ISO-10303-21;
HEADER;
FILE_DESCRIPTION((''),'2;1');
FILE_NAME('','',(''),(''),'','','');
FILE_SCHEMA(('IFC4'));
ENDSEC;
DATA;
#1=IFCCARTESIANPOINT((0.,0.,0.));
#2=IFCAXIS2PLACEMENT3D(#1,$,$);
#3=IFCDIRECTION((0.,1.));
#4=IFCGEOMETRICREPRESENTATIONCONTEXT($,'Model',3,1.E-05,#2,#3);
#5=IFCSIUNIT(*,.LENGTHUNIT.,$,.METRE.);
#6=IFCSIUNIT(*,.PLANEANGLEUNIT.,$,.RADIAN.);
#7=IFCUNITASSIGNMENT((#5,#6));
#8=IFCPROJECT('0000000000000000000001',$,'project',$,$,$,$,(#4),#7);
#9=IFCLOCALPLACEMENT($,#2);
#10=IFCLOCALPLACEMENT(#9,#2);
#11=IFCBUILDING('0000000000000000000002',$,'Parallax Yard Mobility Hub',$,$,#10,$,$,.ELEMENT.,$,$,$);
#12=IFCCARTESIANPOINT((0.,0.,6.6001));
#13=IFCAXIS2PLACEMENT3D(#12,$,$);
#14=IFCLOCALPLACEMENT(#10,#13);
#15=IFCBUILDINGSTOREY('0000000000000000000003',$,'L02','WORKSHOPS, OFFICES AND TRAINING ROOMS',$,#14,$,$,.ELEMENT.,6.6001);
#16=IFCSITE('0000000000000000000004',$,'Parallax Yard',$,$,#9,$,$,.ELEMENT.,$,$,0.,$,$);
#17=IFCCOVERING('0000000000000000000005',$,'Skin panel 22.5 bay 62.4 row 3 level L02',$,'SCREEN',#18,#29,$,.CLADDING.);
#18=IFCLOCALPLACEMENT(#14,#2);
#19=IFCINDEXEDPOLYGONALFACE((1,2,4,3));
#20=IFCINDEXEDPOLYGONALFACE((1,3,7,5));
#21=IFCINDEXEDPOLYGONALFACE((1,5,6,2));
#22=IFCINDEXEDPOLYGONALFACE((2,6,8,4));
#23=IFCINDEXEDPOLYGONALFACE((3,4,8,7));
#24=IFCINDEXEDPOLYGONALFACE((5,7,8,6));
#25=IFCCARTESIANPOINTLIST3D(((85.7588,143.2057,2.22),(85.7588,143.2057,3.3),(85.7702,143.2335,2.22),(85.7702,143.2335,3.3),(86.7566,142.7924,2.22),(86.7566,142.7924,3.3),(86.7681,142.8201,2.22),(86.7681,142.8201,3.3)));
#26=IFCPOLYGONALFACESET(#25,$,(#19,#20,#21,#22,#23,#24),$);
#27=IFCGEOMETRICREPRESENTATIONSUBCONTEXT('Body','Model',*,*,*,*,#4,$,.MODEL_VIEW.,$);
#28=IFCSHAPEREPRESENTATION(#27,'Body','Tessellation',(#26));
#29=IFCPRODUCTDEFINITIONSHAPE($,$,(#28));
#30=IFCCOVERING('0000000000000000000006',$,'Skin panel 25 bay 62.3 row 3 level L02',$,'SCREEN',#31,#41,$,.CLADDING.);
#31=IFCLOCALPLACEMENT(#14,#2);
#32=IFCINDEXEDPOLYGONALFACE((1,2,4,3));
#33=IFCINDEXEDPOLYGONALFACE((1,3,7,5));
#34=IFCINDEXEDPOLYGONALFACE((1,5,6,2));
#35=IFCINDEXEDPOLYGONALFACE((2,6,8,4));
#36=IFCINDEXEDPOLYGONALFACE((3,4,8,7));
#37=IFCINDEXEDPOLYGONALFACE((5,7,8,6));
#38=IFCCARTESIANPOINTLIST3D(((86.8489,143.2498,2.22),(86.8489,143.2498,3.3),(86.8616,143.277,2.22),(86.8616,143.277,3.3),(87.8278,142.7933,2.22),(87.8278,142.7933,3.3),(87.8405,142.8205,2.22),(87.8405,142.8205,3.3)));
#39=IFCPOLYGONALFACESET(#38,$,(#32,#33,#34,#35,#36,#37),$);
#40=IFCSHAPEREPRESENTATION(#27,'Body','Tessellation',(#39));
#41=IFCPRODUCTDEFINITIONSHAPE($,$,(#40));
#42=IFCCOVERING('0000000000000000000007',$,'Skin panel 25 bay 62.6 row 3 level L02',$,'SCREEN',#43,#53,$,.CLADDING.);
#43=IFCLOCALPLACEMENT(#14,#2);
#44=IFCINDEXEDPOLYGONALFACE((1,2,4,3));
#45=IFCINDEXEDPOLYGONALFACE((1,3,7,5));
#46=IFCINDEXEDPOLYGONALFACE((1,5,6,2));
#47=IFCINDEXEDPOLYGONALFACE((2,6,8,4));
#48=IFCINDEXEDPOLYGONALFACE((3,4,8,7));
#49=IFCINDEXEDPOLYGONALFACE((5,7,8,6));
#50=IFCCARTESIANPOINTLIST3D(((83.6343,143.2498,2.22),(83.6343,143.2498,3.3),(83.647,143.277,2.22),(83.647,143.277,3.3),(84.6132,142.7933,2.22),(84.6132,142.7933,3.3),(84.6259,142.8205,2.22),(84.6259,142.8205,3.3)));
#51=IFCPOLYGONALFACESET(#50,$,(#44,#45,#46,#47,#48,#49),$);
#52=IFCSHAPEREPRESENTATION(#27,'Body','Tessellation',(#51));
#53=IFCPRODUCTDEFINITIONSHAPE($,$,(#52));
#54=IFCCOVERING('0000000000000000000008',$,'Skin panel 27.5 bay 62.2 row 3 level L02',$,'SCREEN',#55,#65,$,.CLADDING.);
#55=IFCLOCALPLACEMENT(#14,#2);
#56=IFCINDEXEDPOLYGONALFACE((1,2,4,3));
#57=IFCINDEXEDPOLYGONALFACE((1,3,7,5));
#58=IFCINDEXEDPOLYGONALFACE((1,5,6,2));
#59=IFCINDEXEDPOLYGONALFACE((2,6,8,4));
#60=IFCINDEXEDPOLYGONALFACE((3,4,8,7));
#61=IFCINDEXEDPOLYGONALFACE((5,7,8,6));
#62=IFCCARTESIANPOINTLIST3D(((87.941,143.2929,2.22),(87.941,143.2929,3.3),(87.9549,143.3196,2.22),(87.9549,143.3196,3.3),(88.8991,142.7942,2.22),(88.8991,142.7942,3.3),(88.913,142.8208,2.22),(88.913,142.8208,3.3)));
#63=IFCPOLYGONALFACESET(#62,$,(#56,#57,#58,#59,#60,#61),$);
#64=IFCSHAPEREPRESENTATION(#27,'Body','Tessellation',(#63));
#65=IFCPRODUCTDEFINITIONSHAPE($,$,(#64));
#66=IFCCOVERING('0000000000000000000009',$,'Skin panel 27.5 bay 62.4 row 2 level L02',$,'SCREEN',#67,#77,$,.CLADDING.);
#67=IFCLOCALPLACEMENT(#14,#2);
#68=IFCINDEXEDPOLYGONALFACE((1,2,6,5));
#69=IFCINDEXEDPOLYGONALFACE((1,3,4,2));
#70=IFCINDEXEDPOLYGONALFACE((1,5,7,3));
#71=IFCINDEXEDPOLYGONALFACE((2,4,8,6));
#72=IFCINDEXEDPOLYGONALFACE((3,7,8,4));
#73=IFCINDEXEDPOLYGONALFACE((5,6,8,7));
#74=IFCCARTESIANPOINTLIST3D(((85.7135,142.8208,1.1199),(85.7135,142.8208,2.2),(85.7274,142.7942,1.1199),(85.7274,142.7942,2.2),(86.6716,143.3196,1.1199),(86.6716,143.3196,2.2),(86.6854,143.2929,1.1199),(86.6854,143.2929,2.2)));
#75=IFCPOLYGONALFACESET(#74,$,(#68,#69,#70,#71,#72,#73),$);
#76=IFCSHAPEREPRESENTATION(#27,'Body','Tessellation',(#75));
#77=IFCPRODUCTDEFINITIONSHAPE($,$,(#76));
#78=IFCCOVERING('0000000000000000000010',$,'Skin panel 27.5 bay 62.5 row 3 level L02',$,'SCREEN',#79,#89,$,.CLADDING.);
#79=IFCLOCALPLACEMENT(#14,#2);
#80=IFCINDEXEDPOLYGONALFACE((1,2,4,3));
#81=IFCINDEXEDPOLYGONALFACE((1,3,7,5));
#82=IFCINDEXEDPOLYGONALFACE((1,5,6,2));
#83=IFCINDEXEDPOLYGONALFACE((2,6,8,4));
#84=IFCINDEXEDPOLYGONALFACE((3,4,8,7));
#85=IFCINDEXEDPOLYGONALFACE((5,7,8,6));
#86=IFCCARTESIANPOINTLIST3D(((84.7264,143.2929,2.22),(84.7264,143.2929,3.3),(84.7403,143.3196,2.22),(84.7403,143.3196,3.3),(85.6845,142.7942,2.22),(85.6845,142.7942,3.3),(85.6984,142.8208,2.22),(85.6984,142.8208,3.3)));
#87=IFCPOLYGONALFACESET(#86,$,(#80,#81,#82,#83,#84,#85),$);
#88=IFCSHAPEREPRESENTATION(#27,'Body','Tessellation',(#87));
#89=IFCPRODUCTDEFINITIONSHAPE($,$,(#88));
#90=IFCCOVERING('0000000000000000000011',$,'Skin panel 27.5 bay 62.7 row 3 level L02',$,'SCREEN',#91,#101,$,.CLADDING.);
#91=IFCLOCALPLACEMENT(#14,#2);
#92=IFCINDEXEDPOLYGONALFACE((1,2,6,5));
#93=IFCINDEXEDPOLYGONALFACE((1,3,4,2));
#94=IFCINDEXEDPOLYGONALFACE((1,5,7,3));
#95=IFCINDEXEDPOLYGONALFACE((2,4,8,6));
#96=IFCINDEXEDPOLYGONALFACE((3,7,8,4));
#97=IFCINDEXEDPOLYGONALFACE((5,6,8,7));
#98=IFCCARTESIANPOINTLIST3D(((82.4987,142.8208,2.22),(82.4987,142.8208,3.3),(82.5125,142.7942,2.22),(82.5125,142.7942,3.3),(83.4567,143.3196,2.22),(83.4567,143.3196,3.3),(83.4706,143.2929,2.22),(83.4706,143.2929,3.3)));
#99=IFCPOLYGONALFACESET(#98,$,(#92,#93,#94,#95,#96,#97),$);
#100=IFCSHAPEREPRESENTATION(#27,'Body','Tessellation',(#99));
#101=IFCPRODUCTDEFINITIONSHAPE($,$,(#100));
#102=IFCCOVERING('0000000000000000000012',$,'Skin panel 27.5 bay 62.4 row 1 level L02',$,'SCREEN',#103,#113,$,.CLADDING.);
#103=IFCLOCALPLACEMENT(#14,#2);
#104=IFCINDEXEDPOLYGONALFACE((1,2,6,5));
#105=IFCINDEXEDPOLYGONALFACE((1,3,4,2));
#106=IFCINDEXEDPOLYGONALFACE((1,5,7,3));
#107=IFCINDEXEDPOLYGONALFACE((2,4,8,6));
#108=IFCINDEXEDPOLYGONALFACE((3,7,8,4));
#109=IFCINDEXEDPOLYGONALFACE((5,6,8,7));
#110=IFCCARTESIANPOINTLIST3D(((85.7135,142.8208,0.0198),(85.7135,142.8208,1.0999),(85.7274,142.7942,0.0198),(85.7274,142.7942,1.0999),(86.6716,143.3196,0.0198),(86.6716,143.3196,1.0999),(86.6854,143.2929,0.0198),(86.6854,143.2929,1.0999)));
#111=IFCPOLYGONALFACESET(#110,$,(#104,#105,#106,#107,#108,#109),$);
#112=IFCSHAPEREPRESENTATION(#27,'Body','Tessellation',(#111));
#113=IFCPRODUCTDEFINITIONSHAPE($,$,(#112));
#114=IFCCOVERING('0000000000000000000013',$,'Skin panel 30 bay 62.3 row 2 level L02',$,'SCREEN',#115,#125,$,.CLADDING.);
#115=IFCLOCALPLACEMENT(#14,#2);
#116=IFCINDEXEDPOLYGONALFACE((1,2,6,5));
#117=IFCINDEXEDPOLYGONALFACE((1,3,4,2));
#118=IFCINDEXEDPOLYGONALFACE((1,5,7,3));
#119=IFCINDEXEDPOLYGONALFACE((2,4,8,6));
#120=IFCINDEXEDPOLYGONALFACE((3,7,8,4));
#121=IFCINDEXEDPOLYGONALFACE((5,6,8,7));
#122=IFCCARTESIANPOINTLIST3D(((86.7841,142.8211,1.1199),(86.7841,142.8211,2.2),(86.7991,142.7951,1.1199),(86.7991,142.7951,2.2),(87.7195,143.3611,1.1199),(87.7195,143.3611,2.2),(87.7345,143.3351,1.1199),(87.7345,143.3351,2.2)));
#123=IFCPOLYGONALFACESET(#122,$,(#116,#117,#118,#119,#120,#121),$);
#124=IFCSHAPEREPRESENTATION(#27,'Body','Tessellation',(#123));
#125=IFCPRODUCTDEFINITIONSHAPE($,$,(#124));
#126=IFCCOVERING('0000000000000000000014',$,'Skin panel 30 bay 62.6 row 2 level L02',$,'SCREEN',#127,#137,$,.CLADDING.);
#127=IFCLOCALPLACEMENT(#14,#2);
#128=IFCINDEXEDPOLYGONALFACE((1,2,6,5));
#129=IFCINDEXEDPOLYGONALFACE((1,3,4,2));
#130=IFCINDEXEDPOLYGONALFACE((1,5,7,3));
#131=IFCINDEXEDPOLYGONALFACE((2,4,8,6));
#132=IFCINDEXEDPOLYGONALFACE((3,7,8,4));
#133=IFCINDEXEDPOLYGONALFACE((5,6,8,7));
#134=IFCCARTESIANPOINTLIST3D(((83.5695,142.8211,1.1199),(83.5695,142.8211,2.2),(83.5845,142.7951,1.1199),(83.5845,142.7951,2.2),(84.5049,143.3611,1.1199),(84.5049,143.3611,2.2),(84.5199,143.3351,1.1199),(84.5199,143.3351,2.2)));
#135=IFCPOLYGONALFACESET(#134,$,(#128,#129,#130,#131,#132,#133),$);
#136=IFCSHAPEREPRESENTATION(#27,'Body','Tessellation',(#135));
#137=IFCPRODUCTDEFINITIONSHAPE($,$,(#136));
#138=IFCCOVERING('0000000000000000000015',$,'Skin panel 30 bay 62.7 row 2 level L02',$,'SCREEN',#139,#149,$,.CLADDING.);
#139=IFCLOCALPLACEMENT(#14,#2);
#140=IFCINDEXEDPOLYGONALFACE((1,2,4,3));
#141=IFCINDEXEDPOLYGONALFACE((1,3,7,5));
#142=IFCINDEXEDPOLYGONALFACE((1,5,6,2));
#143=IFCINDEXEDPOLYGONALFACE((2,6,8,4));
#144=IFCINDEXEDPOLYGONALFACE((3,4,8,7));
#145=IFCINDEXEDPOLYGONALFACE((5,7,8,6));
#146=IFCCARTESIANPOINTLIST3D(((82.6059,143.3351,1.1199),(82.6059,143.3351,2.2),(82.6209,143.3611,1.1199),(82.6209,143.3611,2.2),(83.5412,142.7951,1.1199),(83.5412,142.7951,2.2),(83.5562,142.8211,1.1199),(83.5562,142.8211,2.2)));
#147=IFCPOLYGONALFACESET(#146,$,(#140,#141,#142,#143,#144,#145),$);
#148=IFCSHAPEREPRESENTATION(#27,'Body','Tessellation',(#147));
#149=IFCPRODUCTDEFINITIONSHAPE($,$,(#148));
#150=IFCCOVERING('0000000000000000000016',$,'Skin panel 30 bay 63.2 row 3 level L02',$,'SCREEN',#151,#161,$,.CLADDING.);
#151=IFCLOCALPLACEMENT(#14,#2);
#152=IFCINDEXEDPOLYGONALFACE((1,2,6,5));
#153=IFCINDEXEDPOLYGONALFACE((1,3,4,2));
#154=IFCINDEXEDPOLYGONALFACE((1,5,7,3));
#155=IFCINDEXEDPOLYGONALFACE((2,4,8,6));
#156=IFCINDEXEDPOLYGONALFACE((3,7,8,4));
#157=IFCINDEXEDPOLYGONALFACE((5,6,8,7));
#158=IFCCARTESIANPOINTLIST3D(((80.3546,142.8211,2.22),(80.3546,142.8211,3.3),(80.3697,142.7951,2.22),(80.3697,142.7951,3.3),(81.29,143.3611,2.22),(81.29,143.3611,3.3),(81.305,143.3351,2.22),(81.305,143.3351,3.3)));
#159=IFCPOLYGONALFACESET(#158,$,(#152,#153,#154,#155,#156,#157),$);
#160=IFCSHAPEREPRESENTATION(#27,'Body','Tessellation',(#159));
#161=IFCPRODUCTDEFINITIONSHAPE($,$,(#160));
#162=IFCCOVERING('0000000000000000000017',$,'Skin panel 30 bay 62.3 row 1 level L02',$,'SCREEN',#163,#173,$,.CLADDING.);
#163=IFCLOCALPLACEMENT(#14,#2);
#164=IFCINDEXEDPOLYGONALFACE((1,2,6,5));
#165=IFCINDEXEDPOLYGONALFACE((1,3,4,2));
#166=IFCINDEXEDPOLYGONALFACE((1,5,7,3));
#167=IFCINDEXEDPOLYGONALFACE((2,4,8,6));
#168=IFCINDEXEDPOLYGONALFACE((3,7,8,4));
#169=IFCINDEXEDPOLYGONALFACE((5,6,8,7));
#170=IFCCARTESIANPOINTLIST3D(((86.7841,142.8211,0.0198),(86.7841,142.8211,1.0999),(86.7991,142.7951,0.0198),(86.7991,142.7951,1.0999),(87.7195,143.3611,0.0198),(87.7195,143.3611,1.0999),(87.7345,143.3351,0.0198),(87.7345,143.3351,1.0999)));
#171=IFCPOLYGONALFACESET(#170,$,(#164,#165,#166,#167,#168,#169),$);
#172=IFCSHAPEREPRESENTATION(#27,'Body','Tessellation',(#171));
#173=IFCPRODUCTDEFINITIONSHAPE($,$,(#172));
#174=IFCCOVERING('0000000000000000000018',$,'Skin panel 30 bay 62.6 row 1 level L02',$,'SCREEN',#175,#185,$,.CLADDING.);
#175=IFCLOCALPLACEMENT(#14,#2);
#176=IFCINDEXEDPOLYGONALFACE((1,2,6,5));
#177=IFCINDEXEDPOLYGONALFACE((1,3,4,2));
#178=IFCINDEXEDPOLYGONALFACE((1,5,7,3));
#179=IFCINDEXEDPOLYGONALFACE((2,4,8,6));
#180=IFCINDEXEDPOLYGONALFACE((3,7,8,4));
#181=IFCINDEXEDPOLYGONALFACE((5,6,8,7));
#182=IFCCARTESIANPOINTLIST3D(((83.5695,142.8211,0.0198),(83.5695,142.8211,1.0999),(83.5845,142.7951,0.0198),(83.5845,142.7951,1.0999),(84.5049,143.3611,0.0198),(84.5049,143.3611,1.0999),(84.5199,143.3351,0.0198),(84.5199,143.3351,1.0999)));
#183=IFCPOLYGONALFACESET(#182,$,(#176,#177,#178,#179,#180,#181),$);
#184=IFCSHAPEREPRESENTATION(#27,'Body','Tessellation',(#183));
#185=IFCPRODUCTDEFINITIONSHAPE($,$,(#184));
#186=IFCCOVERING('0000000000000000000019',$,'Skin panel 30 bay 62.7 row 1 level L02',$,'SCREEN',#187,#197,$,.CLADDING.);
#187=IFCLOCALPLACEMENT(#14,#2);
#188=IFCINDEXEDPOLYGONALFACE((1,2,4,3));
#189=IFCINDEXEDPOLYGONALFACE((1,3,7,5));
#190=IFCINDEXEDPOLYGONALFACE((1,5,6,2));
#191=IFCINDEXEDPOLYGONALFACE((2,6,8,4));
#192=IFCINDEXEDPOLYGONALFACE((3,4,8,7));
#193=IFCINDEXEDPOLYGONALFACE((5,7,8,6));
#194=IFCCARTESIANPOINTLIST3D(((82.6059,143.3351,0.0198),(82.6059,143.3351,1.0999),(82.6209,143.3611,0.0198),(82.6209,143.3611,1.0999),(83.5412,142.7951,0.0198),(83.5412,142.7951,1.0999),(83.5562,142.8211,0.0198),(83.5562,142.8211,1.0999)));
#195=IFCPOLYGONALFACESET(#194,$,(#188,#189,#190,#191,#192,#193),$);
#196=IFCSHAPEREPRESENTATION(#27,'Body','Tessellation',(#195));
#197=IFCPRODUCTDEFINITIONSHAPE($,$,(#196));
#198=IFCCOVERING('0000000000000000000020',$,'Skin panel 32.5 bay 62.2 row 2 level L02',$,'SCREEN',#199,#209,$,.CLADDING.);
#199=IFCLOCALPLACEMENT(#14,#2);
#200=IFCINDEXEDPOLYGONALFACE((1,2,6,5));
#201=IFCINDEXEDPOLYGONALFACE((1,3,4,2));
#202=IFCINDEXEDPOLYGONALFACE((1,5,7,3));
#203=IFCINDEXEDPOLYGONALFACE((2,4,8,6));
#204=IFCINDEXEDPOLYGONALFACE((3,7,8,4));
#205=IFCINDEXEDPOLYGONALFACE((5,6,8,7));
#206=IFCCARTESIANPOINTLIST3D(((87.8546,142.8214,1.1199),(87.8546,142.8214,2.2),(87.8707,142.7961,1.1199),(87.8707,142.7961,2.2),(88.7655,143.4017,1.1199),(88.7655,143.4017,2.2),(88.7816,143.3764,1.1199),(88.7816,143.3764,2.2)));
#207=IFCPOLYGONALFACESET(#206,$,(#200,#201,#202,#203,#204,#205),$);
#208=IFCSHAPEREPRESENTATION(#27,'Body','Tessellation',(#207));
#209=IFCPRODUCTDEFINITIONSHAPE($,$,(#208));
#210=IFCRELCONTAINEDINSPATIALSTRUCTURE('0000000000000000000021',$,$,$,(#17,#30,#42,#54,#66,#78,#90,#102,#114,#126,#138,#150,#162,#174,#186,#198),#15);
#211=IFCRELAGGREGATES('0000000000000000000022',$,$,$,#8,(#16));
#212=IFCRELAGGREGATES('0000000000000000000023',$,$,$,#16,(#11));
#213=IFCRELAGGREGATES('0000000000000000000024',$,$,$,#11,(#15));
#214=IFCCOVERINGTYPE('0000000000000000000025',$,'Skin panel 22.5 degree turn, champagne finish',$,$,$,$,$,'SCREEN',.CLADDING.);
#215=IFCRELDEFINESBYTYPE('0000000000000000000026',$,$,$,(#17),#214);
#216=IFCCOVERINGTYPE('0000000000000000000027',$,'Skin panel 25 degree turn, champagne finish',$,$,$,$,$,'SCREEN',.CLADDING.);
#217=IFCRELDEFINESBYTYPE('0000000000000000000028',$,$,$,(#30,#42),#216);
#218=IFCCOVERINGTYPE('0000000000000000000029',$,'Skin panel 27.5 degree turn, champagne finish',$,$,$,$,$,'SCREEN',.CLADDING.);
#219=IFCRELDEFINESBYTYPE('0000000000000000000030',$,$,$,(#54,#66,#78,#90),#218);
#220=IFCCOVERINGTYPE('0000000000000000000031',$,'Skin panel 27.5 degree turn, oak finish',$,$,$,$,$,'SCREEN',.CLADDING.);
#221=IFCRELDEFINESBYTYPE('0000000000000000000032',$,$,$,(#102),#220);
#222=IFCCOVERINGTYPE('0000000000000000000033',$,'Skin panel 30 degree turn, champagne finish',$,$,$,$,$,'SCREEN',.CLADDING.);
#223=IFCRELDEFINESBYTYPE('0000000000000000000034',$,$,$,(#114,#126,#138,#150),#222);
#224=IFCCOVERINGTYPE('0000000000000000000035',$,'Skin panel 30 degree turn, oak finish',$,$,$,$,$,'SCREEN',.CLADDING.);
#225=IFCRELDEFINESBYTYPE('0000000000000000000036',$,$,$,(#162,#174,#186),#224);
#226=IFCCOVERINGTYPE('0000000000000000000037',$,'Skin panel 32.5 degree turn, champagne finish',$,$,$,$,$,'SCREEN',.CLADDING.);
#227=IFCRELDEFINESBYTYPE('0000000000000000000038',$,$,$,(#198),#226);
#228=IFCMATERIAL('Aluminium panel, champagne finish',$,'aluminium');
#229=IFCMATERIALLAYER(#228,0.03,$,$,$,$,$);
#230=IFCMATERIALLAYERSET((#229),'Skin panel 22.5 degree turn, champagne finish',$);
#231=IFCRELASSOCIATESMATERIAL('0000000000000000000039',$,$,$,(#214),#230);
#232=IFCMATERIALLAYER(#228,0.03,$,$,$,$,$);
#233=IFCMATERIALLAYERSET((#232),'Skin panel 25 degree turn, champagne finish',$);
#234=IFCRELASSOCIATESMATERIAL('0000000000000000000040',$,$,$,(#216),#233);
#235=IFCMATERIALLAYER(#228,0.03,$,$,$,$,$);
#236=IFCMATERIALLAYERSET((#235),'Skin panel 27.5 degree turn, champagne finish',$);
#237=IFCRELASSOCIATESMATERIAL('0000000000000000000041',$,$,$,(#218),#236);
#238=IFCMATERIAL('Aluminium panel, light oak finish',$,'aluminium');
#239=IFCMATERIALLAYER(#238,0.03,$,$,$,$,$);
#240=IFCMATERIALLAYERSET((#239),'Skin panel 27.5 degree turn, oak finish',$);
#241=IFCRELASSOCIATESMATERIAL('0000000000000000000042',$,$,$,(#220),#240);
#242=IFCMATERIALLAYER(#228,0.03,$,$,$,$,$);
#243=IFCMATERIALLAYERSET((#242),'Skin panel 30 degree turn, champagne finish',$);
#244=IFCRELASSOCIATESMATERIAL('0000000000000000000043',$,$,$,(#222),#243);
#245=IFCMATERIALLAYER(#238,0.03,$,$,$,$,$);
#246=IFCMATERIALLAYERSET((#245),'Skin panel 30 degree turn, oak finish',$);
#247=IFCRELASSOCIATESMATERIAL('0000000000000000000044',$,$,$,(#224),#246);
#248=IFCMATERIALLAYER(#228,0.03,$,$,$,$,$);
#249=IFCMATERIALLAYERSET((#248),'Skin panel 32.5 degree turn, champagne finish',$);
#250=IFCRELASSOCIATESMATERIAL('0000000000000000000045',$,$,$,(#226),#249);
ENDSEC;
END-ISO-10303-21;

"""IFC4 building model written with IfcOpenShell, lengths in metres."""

from ifc_helpers import new_model, si_unit, direction, frame, origin, origin_2d, place, context, subcontext, project, spatial, rectangle, extrude, material, layer, layer_set, type_object, element, save


model = new_model("IFC4")

# Units and contexts
model_context = context("Model", 3, precision=1e-05, world=origin(), true_north=direction((0.0, 1.0)))
body_context = subcontext(model_context, "Body", "Model", "MODEL_VIEW")
ifc_project = project(units=[si_unit("LENGTHUNIT", "METRE"), si_unit("PLANEANGLEUNIT", "RADIAN")], contexts=[model_context])

# Site, building, storey
site_placement = place(None, origin())
site = spatial("IfcSite", under=ifc_project, at=site_placement, Name="Parallax Yard", CompositionType="ELEMENT", RefElevation=0.0)
building_placement = place(site_placement, origin())
building = spatial("IfcBuilding", under=site, at=building_placement, Name="Parallax Yard Mobility Hub", CompositionType="ELEMENT")
storey_placement = place(building_placement, frame((0.0, 0.0, 6.6001)))
storey = spatial("IfcBuildingStorey", under=building, at=storey_placement, Name="L02", Description="WORKSHOPS, OFFICES AND TRAINING ROOMS", CompositionType="ELEMENT", Elevation=6.6001)

# Coverings
ifc_material_1 = material(Name="Aluminium panel, champagne finish", Category="aluminium")
ifc_layer_1 = layer(ifc_material_1, 0.03)
ifc_layer_set_1 = layer_set([ifc_layer_1], Name="Skin panel 22.5 degree turn, champagne finish")
covering_type_1 = type_object("IfcCoveringType", Name="Skin panel 22.5 degree turn, champagne finish", ElementType="SCREEN", PredefinedType="CLADDING", material=ifc_layer_set_1)
covering_1_placement = place(storey_placement, frame((86.2634, 143.0129, 2.22), z_axis=(0.0, 0.0, 1.0), x_axis=(-0.92388, 0.382683, 0.0)))
element("IfcCovering", 1, at=covering_1_placement, inside=storey, type_object=covering_type_1, Name="Skin panel 22.5 bay 62.4 row 3 level L02", ObjectType="SCREEN", PredefinedType="CLADDING", context=body_context, shape_type="SweptSolid", body=[
    extrude(rectangle(XDim=1.0801, YDim=0.03, at=origin_2d()), origin(), (0.0, 0.0, 1.0), 1.0801),
])
ifc_layer_2 = layer(ifc_material_1, 0.03)
ifc_layer_set_2 = layer_set([ifc_layer_2], Name="Skin panel 25 degree turn, champagne finish")
covering_type_2 = type_object("IfcCoveringType", Name="Skin panel 25 degree turn, champagne finish", ElementType="SCREEN", PredefinedType="CLADDING", material=ifc_layer_set_2)
for number, where, z_axis, x_axis, name in (
    (2, (87.3447, 143.0352, 2.22), (0.0, 0.0, 1.0), (-0.906308, 0.422618, 0.0), "Skin panel 25 bay 62.3 row 3 level L02"),
    (3, (84.1301, 143.0352, 2.22), (0.0, 0.0, 1.0), (-0.906308, 0.422618, 0.0), "Skin panel 25 bay 62.6 row 3 level L02"),
):
    element("IfcCovering", number, at=place(storey_placement, frame(where, z_axis=z_axis, x_axis=x_axis)), inside=storey, type_object=covering_type_2, Name=name, ObjectType="SCREEN", PredefinedType="CLADDING", context=body_context, shape_type="SweptSolid", body=[
        extrude(rectangle(XDim=1.0801, YDim=0.03, at=origin_2d()), origin(), (0.0, 0.0, 1.0), 1.0801),
    ])
ifc_layer_3 = layer(ifc_material_1, 0.03)
ifc_layer_set_3 = layer_set([ifc_layer_3], Name="Skin panel 27.5 degree turn, champagne finish")
covering_type_3 = type_object("IfcCoveringType", Name="Skin panel 27.5 degree turn, champagne finish", ElementType="SCREEN", PredefinedType="CLADDING", material=ifc_layer_set_3)
for number, where, z_axis, x_axis, name in (
    (4, (88.427, 143.0569, 2.22), (0.0, 0.0, 1.0), (-0.887011, 0.461749, 0.0), "Skin panel 27.5 bay 62.2 row 3 level L02"),
    (5, (86.1995, 143.0569, 1.1199), (0.0, 0.0, 1.0), (0.887011, 0.461749, 0.0), "Skin panel 27.5 bay 62.4 row 2 level L02"),
    (6, (85.2124, 143.0569, 2.22), (0.0, 0.0, 1.0), (-0.887011, 0.461749, 0.0), "Skin panel 27.5 bay 62.5 row 3 level L02"),
    (7, (82.9846, 143.0569, 2.22), (0.0, 0.0, 1.0), (0.887011, 0.461749, 0.0), "Skin panel 27.5 bay 62.7 row 3 level L02"),
):
    element("IfcCovering", number, at=place(storey_placement, frame(where, z_axis=z_axis, x_axis=x_axis)), inside=storey, type_object=covering_type_3, Name=name, ObjectType="SCREEN", PredefinedType="CLADDING", context=body_context, shape_type="SweptSolid", body=[
        extrude(rectangle(XDim=1.0801, YDim=0.03, at=origin_2d()), origin(), (0.0, 0.0, 1.0), 1.0801),
    ])
ifc_material_2 = material(Name="Aluminium panel, light oak finish", Category="aluminium")
ifc_layer_4 = layer(ifc_material_2, 0.03)
ifc_layer_set_4 = layer_set([ifc_layer_4], Name="Skin panel 27.5 degree turn, oak finish")
covering_type_4 = type_object("IfcCoveringType", Name="Skin panel 27.5 degree turn, oak finish", ElementType="SCREEN", PredefinedType="CLADDING", material=ifc_layer_set_4)
covering_2_placement = place(storey_placement, frame((86.1995, 143.0569, 0.0198), z_axis=(0.0, 0.0, 1.0), x_axis=(0.887011, 0.461749, 0.0)))
element("IfcCovering", 8, at=covering_2_placement, inside=storey, type_object=covering_type_4, Name="Skin panel 27.5 bay 62.4 row 1 level L02", ObjectType="SCREEN", PredefinedType="CLADDING", context=body_context, shape_type="SweptSolid", body=[
    extrude(rectangle(XDim=1.0801, YDim=0.03, at=origin_2d()), origin(), (0.0, 0.0, 1.0), 1.0801),
])
ifc_layer_5 = layer(ifc_material_1, 0.03)
ifc_layer_set_5 = layer_set([ifc_layer_5], Name="Skin panel 30 degree turn, champagne finish")
covering_type_5 = type_object("IfcCoveringType", Name="Skin panel 30 degree turn, champagne finish", ElementType="SCREEN", PredefinedType="CLADDING", material=ifc_layer_set_5)
for number, where, z_axis, x_axis, name in (
    (9, (87.2593, 143.0781, 1.1199), (0.0, 0.0, 1.0), (0.866025, 0.5, 0.0), "Skin panel 30 bay 62.3 row 2 level L02"),
    (10, (84.0447, 143.0781, 1.1199), (0.0, 0.0, 1.0), (0.866025, 0.5, 0.0), "Skin panel 30 bay 62.6 row 2 level L02"),
    (11, (83.0811, 143.0781, 1.1199), (0.0, 0.0, 1.0), (-0.866025, 0.5, 0.0), "Skin panel 30 bay 62.7 row 2 level L02"),
    (12, (80.8298, 143.0781, 2.22), (0.0, 0.0, 1.0), (0.866025, 0.5, 0.0), "Skin panel 30 bay 63.2 row 3 level L02"),
):
    element("IfcCovering", number, at=place(storey_placement, frame(where, z_axis=z_axis, x_axis=x_axis)), inside=storey, type_object=covering_type_5, Name=name, ObjectType="SCREEN", PredefinedType="CLADDING", context=body_context, shape_type="SweptSolid", body=[
        extrude(rectangle(XDim=1.0801, YDim=0.03, at=origin_2d()), origin(), (0.0, 0.0, 1.0), 1.0801),
    ])
ifc_layer_6 = layer(ifc_material_2, 0.03)
ifc_layer_set_6 = layer_set([ifc_layer_6], Name="Skin panel 30 degree turn, oak finish")
covering_type_6 = type_object("IfcCoveringType", Name="Skin panel 30 degree turn, oak finish", ElementType="SCREEN", PredefinedType="CLADDING", material=ifc_layer_set_6)
for number, where, z_axis, x_axis, name in (
    (13, (87.2593, 143.0781, 0.0198), (0.0, 0.0, 1.0), (0.866025, 0.5, 0.0), "Skin panel 30 bay 62.3 row 1 level L02"),
    (14, (84.0447, 143.0781, 0.0198), (0.0, 0.0, 1.0), (0.866025, 0.5, 0.0), "Skin panel 30 bay 62.6 row 1 level L02"),
    (15, (83.0811, 143.0781, 0.0198), (0.0, 0.0, 1.0), (-0.866025, 0.5, 0.0), "Skin panel 30 bay 62.7 row 1 level L02"),
):
    element("IfcCovering", number, at=place(storey_placement, frame(where, z_axis=z_axis, x_axis=x_axis)), inside=storey, type_object=covering_type_6, Name=name, ObjectType="SCREEN", PredefinedType="CLADDING", context=body_context, shape_type="SweptSolid", body=[
        extrude(rectangle(XDim=1.0801, YDim=0.03, at=origin_2d()), origin(), (0.0, 0.0, 1.0), 1.0801),
    ])
ifc_layer_7 = layer(ifc_material_1, 0.03)
ifc_layer_set_7 = layer_set([ifc_layer_7], Name="Skin panel 32.5 degree turn, champagne finish")
covering_type_7 = type_object("IfcCoveringType", Name="Skin panel 32.5 degree turn, champagne finish", ElementType="SCREEN", PredefinedType="CLADDING", material=ifc_layer_set_7)
for number, where, z_axis, x_axis, name in (
    (16, (88.3181, 143.0989, 1.1199), (0.0, 0.0, 1.0), (0.843391, 0.5373, 0.0), "Skin panel 32.5 bay 62.2 row 2 level L02"),
):
    element("IfcCovering", number, at=place(storey_placement, frame(where, z_axis=z_axis, x_axis=x_axis)), inside=storey, type_object=covering_type_7, Name=name, ObjectType="SCREEN", PredefinedType="CLADDING", context=body_context, shape_type="SweptSolid", body=[
        extrude(rectangle(XDim=1.0801, YDim=0.03, at=origin_2d()), origin(), (0.0, 0.0, 1.0), 1.0801),
    ])

save(model, "model.ifc")
